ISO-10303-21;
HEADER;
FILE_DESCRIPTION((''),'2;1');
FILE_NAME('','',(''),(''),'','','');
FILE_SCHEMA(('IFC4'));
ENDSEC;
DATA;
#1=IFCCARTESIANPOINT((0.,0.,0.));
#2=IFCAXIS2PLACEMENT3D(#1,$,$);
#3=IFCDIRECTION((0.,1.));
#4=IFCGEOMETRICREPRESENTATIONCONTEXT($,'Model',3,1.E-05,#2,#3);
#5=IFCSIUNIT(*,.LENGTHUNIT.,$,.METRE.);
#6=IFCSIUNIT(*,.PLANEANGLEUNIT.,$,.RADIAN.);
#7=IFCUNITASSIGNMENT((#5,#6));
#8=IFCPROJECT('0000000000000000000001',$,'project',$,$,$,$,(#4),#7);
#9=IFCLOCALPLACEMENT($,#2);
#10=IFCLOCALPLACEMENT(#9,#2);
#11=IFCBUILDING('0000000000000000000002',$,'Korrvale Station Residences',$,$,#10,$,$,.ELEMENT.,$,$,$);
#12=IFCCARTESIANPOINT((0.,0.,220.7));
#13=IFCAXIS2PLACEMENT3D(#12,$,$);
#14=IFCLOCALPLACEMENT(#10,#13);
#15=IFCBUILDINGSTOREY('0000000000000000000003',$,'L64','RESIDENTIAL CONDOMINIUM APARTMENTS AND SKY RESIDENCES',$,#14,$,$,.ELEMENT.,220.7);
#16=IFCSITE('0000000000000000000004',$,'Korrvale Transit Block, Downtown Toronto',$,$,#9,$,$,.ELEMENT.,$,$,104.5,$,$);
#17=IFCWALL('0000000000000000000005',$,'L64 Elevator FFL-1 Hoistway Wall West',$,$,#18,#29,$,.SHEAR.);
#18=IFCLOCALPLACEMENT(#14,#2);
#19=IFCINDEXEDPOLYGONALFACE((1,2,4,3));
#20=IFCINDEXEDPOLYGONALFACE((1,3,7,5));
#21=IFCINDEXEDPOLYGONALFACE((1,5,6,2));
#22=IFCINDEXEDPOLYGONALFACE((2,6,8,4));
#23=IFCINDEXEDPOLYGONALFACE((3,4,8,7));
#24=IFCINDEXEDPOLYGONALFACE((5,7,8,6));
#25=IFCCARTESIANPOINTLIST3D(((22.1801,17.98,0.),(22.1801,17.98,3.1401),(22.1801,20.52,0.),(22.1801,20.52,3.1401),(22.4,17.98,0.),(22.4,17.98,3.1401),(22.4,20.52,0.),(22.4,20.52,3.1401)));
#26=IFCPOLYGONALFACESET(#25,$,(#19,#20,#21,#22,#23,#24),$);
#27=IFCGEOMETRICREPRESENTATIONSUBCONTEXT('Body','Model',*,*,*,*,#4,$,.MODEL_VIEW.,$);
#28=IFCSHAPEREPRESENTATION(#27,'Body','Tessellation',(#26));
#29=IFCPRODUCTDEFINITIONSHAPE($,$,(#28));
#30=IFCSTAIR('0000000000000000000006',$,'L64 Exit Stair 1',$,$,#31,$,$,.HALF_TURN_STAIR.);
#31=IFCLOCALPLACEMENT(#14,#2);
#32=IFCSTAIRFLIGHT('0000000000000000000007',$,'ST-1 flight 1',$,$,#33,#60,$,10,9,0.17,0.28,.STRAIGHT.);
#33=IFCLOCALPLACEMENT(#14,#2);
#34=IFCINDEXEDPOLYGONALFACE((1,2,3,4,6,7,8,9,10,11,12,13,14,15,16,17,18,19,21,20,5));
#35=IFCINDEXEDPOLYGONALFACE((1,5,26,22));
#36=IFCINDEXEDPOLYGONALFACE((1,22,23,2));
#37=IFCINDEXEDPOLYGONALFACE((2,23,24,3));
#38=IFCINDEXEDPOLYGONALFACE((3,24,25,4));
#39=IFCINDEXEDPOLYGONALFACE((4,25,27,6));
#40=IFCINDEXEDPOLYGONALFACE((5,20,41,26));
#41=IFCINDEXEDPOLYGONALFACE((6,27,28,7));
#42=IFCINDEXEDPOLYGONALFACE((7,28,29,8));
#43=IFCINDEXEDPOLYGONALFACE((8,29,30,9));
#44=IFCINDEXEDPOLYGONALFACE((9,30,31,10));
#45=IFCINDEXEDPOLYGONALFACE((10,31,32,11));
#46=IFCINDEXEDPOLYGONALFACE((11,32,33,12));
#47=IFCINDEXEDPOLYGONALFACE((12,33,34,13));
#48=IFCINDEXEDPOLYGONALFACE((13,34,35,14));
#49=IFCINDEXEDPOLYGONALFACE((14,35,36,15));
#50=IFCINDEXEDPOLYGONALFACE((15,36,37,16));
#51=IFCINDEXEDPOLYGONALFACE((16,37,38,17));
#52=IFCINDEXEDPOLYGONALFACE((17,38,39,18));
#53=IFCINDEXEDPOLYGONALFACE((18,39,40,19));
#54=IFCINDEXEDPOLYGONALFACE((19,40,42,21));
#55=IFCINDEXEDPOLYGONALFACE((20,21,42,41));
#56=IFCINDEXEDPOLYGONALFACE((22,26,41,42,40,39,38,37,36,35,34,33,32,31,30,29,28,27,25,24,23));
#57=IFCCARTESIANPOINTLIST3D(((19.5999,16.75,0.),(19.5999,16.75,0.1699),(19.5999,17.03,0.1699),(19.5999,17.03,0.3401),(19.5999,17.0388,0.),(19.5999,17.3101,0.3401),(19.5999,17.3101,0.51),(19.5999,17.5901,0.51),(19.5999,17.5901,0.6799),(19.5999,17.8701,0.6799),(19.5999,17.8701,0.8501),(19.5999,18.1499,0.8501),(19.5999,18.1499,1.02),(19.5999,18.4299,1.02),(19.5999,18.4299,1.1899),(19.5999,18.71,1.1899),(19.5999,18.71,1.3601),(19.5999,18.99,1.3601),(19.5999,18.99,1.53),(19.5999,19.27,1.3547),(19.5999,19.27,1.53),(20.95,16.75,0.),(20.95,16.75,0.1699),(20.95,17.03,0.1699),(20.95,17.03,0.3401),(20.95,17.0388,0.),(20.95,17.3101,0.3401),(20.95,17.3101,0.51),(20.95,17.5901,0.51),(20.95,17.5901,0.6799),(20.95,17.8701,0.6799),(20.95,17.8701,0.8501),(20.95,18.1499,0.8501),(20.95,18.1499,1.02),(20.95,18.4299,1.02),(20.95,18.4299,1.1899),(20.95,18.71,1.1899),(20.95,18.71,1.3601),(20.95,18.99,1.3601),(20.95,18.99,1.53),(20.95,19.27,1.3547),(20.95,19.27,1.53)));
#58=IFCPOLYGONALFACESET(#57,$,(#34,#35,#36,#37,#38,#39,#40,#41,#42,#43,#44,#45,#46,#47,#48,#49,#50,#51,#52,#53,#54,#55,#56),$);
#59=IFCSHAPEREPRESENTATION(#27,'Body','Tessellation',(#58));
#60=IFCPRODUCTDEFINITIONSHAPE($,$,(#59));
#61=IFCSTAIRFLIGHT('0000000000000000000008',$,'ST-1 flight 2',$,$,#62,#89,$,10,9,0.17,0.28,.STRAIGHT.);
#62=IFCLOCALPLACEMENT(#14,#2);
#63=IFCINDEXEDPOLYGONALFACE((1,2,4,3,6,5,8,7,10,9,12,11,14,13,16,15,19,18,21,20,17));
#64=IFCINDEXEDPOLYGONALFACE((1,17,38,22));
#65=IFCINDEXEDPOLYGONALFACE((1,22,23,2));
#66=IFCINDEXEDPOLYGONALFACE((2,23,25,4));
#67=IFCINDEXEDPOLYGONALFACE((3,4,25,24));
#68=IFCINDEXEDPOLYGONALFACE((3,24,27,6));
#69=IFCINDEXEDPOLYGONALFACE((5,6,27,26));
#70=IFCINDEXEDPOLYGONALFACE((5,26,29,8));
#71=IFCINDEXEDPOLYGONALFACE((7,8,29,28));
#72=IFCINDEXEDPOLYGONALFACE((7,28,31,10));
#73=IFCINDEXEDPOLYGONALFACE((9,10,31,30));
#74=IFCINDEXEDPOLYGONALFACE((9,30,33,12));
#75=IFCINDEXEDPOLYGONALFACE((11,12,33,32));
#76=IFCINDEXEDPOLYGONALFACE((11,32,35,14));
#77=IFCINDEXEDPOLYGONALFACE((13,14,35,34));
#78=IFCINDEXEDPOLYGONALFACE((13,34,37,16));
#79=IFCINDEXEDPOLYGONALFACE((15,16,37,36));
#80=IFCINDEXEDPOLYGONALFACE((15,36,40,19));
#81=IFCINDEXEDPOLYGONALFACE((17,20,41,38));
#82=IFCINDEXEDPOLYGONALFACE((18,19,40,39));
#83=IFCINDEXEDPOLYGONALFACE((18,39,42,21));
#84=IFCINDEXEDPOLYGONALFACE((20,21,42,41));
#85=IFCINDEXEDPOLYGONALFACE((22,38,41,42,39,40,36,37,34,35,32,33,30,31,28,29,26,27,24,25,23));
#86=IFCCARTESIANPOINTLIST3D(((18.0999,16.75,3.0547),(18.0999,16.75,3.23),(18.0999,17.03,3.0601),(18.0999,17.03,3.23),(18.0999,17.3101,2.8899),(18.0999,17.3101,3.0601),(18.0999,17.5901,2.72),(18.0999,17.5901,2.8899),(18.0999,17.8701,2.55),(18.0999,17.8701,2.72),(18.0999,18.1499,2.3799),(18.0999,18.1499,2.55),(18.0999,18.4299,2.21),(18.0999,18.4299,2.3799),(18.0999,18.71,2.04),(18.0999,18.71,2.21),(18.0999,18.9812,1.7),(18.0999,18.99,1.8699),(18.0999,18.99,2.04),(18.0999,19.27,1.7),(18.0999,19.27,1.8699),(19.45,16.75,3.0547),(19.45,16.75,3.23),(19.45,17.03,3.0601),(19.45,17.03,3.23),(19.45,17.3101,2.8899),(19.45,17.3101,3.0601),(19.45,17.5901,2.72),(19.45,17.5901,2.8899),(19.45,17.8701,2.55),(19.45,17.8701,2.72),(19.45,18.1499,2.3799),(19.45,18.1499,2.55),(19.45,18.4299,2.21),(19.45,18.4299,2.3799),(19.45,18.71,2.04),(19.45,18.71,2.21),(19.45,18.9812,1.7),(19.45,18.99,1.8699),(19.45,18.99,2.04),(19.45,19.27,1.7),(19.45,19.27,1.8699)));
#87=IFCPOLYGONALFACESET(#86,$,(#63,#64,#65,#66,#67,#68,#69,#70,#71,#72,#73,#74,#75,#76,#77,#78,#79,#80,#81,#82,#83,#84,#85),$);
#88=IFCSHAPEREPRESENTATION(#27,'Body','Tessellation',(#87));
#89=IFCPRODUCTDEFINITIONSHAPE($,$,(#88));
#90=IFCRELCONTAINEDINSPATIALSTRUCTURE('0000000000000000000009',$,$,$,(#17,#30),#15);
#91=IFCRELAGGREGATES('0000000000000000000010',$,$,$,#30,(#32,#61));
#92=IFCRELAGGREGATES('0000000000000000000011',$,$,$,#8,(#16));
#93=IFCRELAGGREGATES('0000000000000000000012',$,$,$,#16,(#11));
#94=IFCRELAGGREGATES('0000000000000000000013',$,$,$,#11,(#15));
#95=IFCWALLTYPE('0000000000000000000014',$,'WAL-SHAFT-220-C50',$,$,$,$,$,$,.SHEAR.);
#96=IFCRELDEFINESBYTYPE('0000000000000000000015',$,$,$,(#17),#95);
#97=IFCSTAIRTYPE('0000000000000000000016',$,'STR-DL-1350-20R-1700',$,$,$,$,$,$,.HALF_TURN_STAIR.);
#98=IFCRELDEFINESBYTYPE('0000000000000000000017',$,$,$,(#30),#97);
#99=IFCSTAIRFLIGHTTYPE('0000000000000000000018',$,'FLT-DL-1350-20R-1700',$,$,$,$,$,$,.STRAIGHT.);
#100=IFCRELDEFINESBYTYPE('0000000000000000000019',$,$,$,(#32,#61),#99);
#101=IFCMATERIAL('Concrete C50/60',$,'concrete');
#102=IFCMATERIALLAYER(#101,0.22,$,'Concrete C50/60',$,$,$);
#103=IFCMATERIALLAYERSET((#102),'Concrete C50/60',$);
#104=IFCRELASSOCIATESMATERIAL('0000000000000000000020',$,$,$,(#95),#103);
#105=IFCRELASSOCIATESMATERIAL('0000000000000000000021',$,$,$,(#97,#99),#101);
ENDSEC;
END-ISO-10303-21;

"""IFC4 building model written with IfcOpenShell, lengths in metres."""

from ifc_helpers import new_model, si_unit, direction, frame, frame_2d, origin, place, context, subcontext, project, spatial, polyline, rectangle, outline, extrude, material, layer, layer_set, type_object, element, aggregate, save


model = new_model("IFC4")

# Units and contexts
model_context = context("Model", 3, precision=1e-05, world=origin(), true_north=direction((0.0, 1.0)))
body_context = subcontext(model_context, "Body", "Model", "MODEL_VIEW")
ifc_project = project(units=[si_unit("LENGTHUNIT", "METRE"), si_unit("PLANEANGLEUNIT", "RADIAN")], contexts=[model_context])

# Site, building, storey
site_placement = place(None, origin())
site = spatial("IfcSite", under=ifc_project, at=site_placement, Name="Korrvale Transit Block, Downtown Toronto", CompositionType="ELEMENT", RefElevation=104.5)
building_placement = place(site_placement, origin())
building = spatial("IfcBuilding", under=site, at=building_placement, Name="Korrvale Station Residences", CompositionType="ELEMENT")
storey_placement = place(building_placement, frame((0.0, 0.0, 220.7)))
storey = spatial("IfcBuildingStorey", under=building, at=storey_placement, Name="L64", Description="RESIDENTIAL CONDOMINIUM APARTMENTS AND SKY RESIDENCES", CompositionType="ELEMENT", Elevation=220.7)

# Shared definitions
ifc_material_1 = material(Name="Concrete C50/60", Category="concrete")

# Shared definitions
ifc_layer_1 = layer(ifc_material_1, 0.22, Name="Concrete C50/60")
ifc_layer_set_1 = layer_set([ifc_layer_1], Name="Concrete C50/60")
wall_type_1 = type_object("IfcWallType", Name="WAL-SHAFT-220-C50", PredefinedType="SHEAR", material=ifc_layer_set_1)

# Wall
wall_1_placement = place(storey_placement, frame((22.29, 17.98, 0.0), z_axis=(0.0, 0.0, 1.0), x_axis=(0.0, 1.0, 0.0)))
element("IfcWall", 1, at=wall_1_placement, inside=storey, type_object=wall_type_1, Name="L64 Elevator FFL-1 Hoistway Wall West", PredefinedType="SHEAR", context=body_context, shape_type="SweptSolid", body=[
    extrude(rectangle(XDim=2.54, YDim=0.22, at=frame_2d((1.27, 0.0))), origin(), (0.0, 0.0, 1.0), 3.1401),
])

# Stair, stair flights
stair_type = type_object("IfcStairType", Name="STR-DL-1350-20R-1700", PredefinedType="HALF_TURN_STAIR", material=ifc_material_1)
stair_placement = place(storey_placement, origin())
stair = element("IfcStair", 2, at=stair_placement, inside=storey, type_object=stair_type, Name="L64 Exit Stair 1", PredefinedType="HALF_TURN_STAIR")
stair_flight_type = type_object("IfcStairFlightType", Name="FLT-DL-1350-20R-1700", PredefinedType="STRAIGHT", material=ifc_material_1)
stair_flight_1_placement = place(storey_placement, frame((20.2749, 16.75, 0.0), z_axis=(0.0, 0.0, 1.0), x_axis=(0.0, 1.0, 0.0)))
stair_flight_1 = element("IfcStairFlight", 3, at=stair_flight_1_placement, type_object=stair_flight_type, Name="ST-1 flight 1", NumberOfRisers=10, NumberOfTreads=9, PredefinedType="STRAIGHT", RiserHeight=0.17, TreadLength=0.28, context=body_context, shape_type="SweptSolid", body=[
    extrude(outline(polyline([(0.0, 0.0), (0.0, 0.1699), (0.28, 0.1699), (0.28, 0.3401), (0.5601, 0.3401), (0.5601, 0.51), (0.8401, 0.51), (0.8401, 0.6799), (1.1201, 0.6799), (1.1201, 0.8501), (1.3999, 0.8501), (1.3999, 1.02), (1.6799, 1.02), (1.6799, 1.1899), (1.96, 1.1899), (1.96, 1.3601), (2.24, 1.3601), (2.24, 1.53), (2.52, 1.53), (2.52, 1.7), (2.52, 1.3547), (0.2888, 0.0), (0.0, 0.0)])), frame((0.0, 0.675, 0.0), z_axis=(0.0, -1.0, 0.0), x_axis=(1.0, 0.0, 0.0)), (0.0, 0.0, 1.0), 1.3501),
])
stair_flight_2_placement = place(storey_placement, frame((18.7749, 19.27, 1.7), z_axis=(0.0, 0.0, 1.0), x_axis=(0.0, -1.0, 0.0)))
stair_flight_2 = element("IfcStairFlight", 4, at=stair_flight_2_placement, type_object=stair_flight_type, Name="ST-1 flight 2", NumberOfRisers=10, NumberOfTreads=9, PredefinedType="STRAIGHT", RiserHeight=0.17, TreadLength=0.28, context=body_context, shape_type="SweptSolid", body=[
    extrude(outline(polyline([(0.0, 0.0), (0.0, 0.1699), (0.28, 0.1699), (0.28, 0.3401), (0.5601, 0.3401), (0.5601, 0.51), (0.8401, 0.51), (0.8401, 0.6799), (1.1201, 0.6799), (1.1201, 0.8501), (1.3999, 0.8501), (1.3999, 1.02), (1.6799, 1.02), (1.6799, 1.1899), (1.96, 1.1899), (1.96, 1.3601), (2.24, 1.3601), (2.24, 1.53), (2.52, 1.53), (2.52, 1.7), (2.52, 1.3547), (0.2888, 0.0), (0.0, 0.0)])), frame((0.0, 0.675, 0.0), z_axis=(0.0, -1.0, 0.0), x_axis=(1.0, 0.0, 0.0)), (0.0, 0.0, 1.0), 1.3501),
])
aggregate(stair, [stair_flight_1, stair_flight_2])

save(model, "model.ifc")
